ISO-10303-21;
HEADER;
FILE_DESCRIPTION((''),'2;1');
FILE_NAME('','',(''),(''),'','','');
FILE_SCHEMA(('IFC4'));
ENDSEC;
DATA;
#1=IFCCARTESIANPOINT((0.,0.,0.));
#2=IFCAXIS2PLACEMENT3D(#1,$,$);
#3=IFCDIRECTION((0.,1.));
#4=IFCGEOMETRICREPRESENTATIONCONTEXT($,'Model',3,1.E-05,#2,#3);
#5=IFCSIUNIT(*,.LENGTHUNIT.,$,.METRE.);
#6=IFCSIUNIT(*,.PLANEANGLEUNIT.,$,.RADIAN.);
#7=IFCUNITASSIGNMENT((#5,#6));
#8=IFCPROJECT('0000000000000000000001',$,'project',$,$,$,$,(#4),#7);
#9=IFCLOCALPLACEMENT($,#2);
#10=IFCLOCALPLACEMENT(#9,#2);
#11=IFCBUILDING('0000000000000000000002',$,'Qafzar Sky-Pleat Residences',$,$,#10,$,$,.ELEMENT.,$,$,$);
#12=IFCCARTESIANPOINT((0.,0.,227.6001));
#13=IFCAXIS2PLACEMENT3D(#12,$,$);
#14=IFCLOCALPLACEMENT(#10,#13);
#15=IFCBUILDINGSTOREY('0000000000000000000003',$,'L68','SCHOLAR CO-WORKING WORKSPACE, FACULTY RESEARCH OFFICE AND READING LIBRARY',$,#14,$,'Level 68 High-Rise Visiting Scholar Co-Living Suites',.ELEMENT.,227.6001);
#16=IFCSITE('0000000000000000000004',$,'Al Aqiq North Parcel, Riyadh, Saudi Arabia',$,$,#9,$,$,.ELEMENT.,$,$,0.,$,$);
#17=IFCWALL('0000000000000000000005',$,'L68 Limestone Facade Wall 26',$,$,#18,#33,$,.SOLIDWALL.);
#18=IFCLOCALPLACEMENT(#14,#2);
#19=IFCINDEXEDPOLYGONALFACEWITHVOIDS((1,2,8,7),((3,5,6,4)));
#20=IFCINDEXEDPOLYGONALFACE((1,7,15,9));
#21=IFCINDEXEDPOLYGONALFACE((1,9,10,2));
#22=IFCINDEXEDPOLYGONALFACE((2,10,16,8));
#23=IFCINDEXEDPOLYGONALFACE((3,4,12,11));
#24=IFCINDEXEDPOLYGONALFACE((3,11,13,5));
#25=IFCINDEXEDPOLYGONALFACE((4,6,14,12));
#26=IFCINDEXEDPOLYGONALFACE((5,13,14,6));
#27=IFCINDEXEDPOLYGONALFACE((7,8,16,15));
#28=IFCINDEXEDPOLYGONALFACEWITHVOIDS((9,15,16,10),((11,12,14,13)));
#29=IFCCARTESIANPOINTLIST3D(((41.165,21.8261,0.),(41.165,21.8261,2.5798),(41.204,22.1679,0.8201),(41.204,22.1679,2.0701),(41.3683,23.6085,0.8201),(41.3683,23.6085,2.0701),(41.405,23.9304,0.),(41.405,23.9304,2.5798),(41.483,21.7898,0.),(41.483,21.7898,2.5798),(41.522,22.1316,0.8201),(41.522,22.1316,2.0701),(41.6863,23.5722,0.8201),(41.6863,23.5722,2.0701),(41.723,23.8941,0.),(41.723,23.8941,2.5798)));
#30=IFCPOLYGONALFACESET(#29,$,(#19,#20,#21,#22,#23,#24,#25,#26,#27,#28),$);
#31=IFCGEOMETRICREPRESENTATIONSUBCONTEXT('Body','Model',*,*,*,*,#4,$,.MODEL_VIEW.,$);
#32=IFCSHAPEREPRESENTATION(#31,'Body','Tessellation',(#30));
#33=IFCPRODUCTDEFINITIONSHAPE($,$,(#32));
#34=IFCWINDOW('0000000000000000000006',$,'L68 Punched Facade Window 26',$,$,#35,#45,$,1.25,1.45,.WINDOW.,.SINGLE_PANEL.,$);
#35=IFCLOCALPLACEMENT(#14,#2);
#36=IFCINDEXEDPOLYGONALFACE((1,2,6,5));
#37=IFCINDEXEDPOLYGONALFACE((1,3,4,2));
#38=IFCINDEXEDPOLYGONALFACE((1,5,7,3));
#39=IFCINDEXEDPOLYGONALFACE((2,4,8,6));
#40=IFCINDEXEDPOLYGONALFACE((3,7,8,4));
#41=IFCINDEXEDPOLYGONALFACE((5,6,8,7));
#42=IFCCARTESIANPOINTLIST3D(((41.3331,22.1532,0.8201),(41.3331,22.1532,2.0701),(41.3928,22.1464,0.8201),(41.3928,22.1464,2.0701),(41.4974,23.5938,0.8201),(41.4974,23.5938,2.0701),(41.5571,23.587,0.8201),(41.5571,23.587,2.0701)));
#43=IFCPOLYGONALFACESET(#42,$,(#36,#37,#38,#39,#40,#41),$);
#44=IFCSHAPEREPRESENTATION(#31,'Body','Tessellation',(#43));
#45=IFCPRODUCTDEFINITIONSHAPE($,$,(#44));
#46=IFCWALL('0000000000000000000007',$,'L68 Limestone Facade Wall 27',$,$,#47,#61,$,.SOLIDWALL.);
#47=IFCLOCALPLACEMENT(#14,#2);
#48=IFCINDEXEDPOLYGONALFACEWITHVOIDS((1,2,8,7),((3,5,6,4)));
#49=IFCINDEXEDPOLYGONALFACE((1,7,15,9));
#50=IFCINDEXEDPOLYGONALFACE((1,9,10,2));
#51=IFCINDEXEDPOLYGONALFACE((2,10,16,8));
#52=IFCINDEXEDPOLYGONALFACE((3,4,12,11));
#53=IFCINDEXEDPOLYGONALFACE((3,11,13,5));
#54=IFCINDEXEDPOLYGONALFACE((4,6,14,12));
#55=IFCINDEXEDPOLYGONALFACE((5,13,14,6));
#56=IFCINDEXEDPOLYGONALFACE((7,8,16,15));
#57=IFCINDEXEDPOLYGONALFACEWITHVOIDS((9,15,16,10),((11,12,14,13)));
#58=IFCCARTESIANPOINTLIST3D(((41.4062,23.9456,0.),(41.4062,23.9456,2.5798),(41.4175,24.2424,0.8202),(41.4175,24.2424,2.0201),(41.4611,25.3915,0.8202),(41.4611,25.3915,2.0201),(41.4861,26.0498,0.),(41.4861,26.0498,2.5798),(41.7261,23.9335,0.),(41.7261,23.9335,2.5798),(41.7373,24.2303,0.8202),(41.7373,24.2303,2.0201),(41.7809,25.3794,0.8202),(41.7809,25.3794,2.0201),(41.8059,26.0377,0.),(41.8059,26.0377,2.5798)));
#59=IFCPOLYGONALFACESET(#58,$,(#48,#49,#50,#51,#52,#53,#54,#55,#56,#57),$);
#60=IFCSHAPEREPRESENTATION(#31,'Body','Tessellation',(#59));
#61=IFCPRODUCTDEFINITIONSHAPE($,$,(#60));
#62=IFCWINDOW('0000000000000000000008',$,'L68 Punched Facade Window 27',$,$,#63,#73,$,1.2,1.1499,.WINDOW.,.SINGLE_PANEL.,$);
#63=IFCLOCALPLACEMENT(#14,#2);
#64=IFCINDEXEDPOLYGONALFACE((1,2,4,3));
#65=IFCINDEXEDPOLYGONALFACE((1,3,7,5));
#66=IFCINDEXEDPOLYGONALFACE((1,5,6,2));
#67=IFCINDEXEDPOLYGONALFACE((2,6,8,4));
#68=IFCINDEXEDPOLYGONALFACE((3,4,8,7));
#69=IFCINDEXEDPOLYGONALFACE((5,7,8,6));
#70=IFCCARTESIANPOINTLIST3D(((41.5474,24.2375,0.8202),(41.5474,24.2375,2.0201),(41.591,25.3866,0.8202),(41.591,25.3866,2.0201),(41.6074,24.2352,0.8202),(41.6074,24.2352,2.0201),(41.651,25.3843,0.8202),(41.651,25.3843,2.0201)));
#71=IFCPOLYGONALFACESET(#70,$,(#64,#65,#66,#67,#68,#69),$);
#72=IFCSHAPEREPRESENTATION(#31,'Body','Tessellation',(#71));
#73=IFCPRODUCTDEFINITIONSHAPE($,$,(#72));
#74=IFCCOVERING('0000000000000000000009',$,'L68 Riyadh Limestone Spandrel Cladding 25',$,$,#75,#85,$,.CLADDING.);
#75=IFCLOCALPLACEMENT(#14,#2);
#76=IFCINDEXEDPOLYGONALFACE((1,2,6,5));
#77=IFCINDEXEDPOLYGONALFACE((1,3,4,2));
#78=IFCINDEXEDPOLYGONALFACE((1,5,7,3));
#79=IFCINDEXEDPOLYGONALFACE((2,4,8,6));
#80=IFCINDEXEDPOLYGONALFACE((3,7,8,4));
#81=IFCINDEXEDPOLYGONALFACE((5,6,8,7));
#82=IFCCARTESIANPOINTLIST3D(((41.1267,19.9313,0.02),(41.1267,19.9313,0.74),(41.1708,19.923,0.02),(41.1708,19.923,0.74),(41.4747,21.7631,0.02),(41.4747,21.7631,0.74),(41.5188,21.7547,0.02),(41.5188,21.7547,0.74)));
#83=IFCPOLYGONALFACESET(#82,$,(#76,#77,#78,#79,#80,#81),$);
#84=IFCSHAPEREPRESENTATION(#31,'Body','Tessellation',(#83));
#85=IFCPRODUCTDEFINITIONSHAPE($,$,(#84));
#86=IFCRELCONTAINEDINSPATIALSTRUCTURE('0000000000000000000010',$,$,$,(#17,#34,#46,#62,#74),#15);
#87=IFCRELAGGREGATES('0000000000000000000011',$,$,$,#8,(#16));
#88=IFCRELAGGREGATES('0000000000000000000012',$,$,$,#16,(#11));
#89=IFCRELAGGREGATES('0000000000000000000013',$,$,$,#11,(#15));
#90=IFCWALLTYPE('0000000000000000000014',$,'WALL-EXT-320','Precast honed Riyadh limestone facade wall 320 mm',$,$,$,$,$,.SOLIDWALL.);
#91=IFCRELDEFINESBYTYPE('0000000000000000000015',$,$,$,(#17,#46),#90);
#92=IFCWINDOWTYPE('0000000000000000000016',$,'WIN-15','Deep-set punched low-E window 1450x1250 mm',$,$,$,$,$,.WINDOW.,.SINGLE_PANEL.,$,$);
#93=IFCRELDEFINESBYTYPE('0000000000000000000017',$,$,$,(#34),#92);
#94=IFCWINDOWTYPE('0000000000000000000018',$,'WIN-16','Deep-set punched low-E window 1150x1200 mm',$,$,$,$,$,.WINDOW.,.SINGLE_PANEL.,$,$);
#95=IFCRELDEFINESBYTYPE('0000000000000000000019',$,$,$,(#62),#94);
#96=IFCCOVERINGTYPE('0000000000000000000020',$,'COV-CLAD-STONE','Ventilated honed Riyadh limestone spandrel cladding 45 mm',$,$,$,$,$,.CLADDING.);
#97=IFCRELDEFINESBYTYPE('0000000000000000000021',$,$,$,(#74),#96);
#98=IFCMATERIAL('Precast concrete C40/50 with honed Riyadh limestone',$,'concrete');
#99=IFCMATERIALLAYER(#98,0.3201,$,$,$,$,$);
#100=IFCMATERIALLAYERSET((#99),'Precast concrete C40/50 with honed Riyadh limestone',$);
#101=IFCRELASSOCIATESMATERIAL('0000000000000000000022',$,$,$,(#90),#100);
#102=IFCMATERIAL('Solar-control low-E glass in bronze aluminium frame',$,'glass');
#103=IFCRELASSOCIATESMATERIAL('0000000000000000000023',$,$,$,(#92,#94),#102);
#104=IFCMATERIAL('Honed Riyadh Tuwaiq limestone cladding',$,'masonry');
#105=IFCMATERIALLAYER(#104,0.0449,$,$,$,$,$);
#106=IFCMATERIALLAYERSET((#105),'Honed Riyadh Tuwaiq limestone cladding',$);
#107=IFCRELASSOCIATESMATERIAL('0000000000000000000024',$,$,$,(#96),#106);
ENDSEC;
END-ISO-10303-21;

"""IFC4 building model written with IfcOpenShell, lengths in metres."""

from ifc_helpers import new_model, si_unit, direction, frame, frame_2d, origin, origin_2d, place, context, subcontext, project, spatial, rectangle, extrude, source, transform, mapped, material, layer, layer_set, type_object, element, fill, save


model = new_model("IFC4")

# Units and contexts
model_context = context("Model", 3, precision=1e-05, world=origin(), true_north=direction((0.0, 1.0)))
body_context = subcontext(model_context, "Body", "Model", "MODEL_VIEW")
ifc_project = project(units=[si_unit("LENGTHUNIT", "METRE"), si_unit("PLANEANGLEUNIT", "RADIAN")], contexts=[model_context])

# Site, building, storey
site_placement = place(None, origin())
site = spatial("IfcSite", under=ifc_project, at=site_placement, Name="Al Aqiq North Parcel, Riyadh, Saudi Arabia", CompositionType="ELEMENT", RefElevation=0.0)
building_placement = place(site_placement, origin())
building = spatial("IfcBuilding", under=site, at=building_placement, Name="Qafzar Sky-Pleat Residences", CompositionType="ELEMENT")
storey_placement = place(building_placement, frame((0.0, 0.0, 227.6001)))
storey = spatial("IfcBuildingStorey", under=building, at=storey_placement, Name="L68", Description="SCHOLAR CO-WORKING WORKSPACE, FACULTY RESEARCH OFFICE AND READING LIBRARY", LongName="Level 68 High-Rise Visiting Scholar Co-Living Suites", CompositionType="ELEMENT", Elevation=227.6001)

# Walls, openings, windows
ifc_material_1 = material(Name="Precast concrete C40/50 with honed Riyadh limestone", Category="concrete")
ifc_layer_1 = layer(ifc_material_1, 0.3201)
ifc_layer_set_1 = layer_set([ifc_layer_1], Name="Precast concrete C40/50 with honed Riyadh limestone")
wall_type_1 = type_object("IfcWallType", Name="WALL-EXT-320", Description="Precast honed Riyadh limestone facade wall 320 mm", PredefinedType="SOLIDWALL", material=ifc_layer_set_1)
ifc_material_2 = material(Name="Solar-control low-E glass in bronze aluminium frame", Category="glass")
wall_1_placement = place(storey_placement, frame((41.324, 21.8079, 0.0), z_axis=(0.0, 0.0, 1.0), x_axis=(0.113316, 0.993559, 0.0)))
wall_1 = element("IfcWall", 1, at=wall_1_placement, inside=storey, type_object=wall_type_1, Name="L68 Limestone Facade Wall 26", PredefinedType="SOLIDWALL", context=body_context, shape_type="SweptSolid", body=[
    extrude(rectangle(XDim=2.1179, YDim=0.3201, at=frame_2d((1.0591, 0.0))), origin(), (0.0, 0.0, 1.0), 2.5798),
])
opening_1_placement = place(wall_1_placement, frame((0.344, 0.0, 0.8201)))
opening_1 = element("IfcOpeningElement", 2, at=opening_1_placement, cuts=wall_1, PredefinedType="OPENING", context=body_context, shape_type="SweptSolid", body=[
    extrude(rectangle(XDim=1.45, YDim=1.25, at=frame_2d((0.7251, 0.625))), frame((0.0, 0.1699, 0.0), z_axis=(0.0, -1.0, 0.0), x_axis=(1.0, 0.0, 0.0)), (0.0, 0.0, 1.0), 0.3401),
])
window_type_1 = type_object("IfcWindowType", Name="WIN-15", Description="Deep-set punched low-E window 1450x1250 mm", PartitioningType="SINGLE_PANEL", PredefinedType="WINDOW", material=ifc_material_2)
shared_shape_1 = source(origin(), body_context, "Body", "SweptSolid", [
    extrude(rectangle(XDim=1.45, YDim=1.25, at=frame_2d((0.7251, 0.625))), frame((0.0, 0.03, 0.0), z_axis=(0.0, -1.0, 0.0), x_axis=(1.0, 0.0, 0.0)), (0.0, 0.0, 1.0), 0.0601),
])
window_1_placement = place(opening_1_placement, origin())
window_1 = element("IfcWindow", 3, at=window_1_placement, inside=storey, type_object=window_type_1, Name="L68 Punched Facade Window 26", OverallHeight=1.25, OverallWidth=1.45, PartitioningType="SINGLE_PANEL", PredefinedType="WINDOW", context=body_context, shape_type="MappedRepresentation", body=[
    mapped(shared_shape_1, transform((0.0, 0.0, 0.0), x_axis=(1.0, 0.0, 0.0), y_axis=(0.0, 1.0, 0.0), z_axis=(0.0, 0.0, 1.0), scale=1.0)),
])
fill(opening_1, window_1)
wall_2_placement = place(storey_placement, frame((41.5662, 23.9397, 0.0), z_axis=(0.0, 0.0, 1.0), x_axis=(0.037912, 0.999281, 0.0)))
wall_2 = element("IfcWall", 4, at=wall_2_placement, inside=storey, type_object=wall_type_1, Name="L68 Limestone Facade Wall 27", PredefinedType="SOLIDWALL", context=body_context, shape_type="SweptSolid", body=[
    extrude(rectangle(XDim=2.1057, YDim=0.3201, at=frame_2d((1.0527, 0.0))), origin(), (0.0, 0.0, 1.0), 2.5798),
])
opening_2_placement = place(wall_2_placement, frame((0.2969, 0.0, 0.8201)))
opening_2 = element("IfcOpeningElement", 5, at=opening_2_placement, cuts=wall_2, PredefinedType="OPENING", context=body_context, shape_type="SweptSolid", body=[
    extrude(rectangle(XDim=1.1499, YDim=1.2, at=frame_2d((0.575, 0.6001))), frame((0.0, 0.1699, 0.0), z_axis=(0.0, -1.0, 0.0), x_axis=(1.0, 0.0, 0.0)), (0.0, 0.0, 1.0), 0.3401),
])
window_type_2 = type_object("IfcWindowType", Name="WIN-16", Description="Deep-set punched low-E window 1150x1200 mm", PartitioningType="SINGLE_PANEL", PredefinedType="WINDOW", material=ifc_material_2)
shared_shape_2 = source(origin(), body_context, "Body", "SweptSolid", [
    extrude(rectangle(XDim=1.1499, YDim=1.2, at=frame_2d((0.575, 0.6001))), frame((0.0, 0.03, 0.0), z_axis=(0.0, -1.0, 0.0), x_axis=(1.0, 0.0, 0.0)), (0.0, 0.0, 1.0), 0.0601),
])
window_2_placement = place(opening_2_placement, origin())
window_2 = element("IfcWindow", 6, at=window_2_placement, inside=storey, type_object=window_type_2, Name="L68 Punched Facade Window 27", OverallHeight=1.2, OverallWidth=1.1499, PartitioningType="SINGLE_PANEL", PredefinedType="WINDOW", context=body_context, shape_type="MappedRepresentation", body=[
    mapped(shared_shape_2, transform((0.0, 0.0, 0.0), x_axis=(1.0, 0.0, 0.0), y_axis=(0.0, 1.0, 0.0), z_axis=(0.0, 0.0, 1.0), scale=1.0)),
])
fill(opening_2, window_2)

# Covering
ifc_material_3 = material(Name="Honed Riyadh Tuwaiq limestone cladding", Category="masonry")
ifc_layer_2 = layer(ifc_material_3, 0.0449)
ifc_layer_set_2 = layer_set([ifc_layer_2], Name="Honed Riyadh Tuwaiq limestone cladding")
covering_type = type_object("IfcCoveringType", Name="COV-CLAD-STONE", Description="Ventilated honed Riyadh limestone spandrel cladding 45 mm", PredefinedType="CLADDING", material=ifc_layer_set_2)
shared_shape_3 = source(origin(), body_context, "Body", "SweptSolid", [
    extrude(rectangle(XDim=1.8645, YDim=0.0449, at=origin_2d()), origin(), (0.0, 0.0, 1.0), 0.72),
])
covering_placement = place(storey_placement, frame((41.3228, 20.843, 0.02), z_axis=(0.0, 0.0, 1.0), x_axis=(0.186666, 0.982423, 0.0)))
element("IfcCovering", 7, at=covering_placement, inside=storey, type_object=covering_type, Name="L68 Riyadh Limestone Spandrel Cladding 25", PredefinedType="CLADDING", context=body_context, shape_type="MappedRepresentation", body=[
    mapped(shared_shape_3, transform((0.0, 0.0, 0.0), x_axis=(1.0, 0.0, 0.0), y_axis=(0.0, 1.0, 0.0), z_axis=(0.0, 0.0, 1.0), scale=1.0)),
])

save(model, "model.ifc")
